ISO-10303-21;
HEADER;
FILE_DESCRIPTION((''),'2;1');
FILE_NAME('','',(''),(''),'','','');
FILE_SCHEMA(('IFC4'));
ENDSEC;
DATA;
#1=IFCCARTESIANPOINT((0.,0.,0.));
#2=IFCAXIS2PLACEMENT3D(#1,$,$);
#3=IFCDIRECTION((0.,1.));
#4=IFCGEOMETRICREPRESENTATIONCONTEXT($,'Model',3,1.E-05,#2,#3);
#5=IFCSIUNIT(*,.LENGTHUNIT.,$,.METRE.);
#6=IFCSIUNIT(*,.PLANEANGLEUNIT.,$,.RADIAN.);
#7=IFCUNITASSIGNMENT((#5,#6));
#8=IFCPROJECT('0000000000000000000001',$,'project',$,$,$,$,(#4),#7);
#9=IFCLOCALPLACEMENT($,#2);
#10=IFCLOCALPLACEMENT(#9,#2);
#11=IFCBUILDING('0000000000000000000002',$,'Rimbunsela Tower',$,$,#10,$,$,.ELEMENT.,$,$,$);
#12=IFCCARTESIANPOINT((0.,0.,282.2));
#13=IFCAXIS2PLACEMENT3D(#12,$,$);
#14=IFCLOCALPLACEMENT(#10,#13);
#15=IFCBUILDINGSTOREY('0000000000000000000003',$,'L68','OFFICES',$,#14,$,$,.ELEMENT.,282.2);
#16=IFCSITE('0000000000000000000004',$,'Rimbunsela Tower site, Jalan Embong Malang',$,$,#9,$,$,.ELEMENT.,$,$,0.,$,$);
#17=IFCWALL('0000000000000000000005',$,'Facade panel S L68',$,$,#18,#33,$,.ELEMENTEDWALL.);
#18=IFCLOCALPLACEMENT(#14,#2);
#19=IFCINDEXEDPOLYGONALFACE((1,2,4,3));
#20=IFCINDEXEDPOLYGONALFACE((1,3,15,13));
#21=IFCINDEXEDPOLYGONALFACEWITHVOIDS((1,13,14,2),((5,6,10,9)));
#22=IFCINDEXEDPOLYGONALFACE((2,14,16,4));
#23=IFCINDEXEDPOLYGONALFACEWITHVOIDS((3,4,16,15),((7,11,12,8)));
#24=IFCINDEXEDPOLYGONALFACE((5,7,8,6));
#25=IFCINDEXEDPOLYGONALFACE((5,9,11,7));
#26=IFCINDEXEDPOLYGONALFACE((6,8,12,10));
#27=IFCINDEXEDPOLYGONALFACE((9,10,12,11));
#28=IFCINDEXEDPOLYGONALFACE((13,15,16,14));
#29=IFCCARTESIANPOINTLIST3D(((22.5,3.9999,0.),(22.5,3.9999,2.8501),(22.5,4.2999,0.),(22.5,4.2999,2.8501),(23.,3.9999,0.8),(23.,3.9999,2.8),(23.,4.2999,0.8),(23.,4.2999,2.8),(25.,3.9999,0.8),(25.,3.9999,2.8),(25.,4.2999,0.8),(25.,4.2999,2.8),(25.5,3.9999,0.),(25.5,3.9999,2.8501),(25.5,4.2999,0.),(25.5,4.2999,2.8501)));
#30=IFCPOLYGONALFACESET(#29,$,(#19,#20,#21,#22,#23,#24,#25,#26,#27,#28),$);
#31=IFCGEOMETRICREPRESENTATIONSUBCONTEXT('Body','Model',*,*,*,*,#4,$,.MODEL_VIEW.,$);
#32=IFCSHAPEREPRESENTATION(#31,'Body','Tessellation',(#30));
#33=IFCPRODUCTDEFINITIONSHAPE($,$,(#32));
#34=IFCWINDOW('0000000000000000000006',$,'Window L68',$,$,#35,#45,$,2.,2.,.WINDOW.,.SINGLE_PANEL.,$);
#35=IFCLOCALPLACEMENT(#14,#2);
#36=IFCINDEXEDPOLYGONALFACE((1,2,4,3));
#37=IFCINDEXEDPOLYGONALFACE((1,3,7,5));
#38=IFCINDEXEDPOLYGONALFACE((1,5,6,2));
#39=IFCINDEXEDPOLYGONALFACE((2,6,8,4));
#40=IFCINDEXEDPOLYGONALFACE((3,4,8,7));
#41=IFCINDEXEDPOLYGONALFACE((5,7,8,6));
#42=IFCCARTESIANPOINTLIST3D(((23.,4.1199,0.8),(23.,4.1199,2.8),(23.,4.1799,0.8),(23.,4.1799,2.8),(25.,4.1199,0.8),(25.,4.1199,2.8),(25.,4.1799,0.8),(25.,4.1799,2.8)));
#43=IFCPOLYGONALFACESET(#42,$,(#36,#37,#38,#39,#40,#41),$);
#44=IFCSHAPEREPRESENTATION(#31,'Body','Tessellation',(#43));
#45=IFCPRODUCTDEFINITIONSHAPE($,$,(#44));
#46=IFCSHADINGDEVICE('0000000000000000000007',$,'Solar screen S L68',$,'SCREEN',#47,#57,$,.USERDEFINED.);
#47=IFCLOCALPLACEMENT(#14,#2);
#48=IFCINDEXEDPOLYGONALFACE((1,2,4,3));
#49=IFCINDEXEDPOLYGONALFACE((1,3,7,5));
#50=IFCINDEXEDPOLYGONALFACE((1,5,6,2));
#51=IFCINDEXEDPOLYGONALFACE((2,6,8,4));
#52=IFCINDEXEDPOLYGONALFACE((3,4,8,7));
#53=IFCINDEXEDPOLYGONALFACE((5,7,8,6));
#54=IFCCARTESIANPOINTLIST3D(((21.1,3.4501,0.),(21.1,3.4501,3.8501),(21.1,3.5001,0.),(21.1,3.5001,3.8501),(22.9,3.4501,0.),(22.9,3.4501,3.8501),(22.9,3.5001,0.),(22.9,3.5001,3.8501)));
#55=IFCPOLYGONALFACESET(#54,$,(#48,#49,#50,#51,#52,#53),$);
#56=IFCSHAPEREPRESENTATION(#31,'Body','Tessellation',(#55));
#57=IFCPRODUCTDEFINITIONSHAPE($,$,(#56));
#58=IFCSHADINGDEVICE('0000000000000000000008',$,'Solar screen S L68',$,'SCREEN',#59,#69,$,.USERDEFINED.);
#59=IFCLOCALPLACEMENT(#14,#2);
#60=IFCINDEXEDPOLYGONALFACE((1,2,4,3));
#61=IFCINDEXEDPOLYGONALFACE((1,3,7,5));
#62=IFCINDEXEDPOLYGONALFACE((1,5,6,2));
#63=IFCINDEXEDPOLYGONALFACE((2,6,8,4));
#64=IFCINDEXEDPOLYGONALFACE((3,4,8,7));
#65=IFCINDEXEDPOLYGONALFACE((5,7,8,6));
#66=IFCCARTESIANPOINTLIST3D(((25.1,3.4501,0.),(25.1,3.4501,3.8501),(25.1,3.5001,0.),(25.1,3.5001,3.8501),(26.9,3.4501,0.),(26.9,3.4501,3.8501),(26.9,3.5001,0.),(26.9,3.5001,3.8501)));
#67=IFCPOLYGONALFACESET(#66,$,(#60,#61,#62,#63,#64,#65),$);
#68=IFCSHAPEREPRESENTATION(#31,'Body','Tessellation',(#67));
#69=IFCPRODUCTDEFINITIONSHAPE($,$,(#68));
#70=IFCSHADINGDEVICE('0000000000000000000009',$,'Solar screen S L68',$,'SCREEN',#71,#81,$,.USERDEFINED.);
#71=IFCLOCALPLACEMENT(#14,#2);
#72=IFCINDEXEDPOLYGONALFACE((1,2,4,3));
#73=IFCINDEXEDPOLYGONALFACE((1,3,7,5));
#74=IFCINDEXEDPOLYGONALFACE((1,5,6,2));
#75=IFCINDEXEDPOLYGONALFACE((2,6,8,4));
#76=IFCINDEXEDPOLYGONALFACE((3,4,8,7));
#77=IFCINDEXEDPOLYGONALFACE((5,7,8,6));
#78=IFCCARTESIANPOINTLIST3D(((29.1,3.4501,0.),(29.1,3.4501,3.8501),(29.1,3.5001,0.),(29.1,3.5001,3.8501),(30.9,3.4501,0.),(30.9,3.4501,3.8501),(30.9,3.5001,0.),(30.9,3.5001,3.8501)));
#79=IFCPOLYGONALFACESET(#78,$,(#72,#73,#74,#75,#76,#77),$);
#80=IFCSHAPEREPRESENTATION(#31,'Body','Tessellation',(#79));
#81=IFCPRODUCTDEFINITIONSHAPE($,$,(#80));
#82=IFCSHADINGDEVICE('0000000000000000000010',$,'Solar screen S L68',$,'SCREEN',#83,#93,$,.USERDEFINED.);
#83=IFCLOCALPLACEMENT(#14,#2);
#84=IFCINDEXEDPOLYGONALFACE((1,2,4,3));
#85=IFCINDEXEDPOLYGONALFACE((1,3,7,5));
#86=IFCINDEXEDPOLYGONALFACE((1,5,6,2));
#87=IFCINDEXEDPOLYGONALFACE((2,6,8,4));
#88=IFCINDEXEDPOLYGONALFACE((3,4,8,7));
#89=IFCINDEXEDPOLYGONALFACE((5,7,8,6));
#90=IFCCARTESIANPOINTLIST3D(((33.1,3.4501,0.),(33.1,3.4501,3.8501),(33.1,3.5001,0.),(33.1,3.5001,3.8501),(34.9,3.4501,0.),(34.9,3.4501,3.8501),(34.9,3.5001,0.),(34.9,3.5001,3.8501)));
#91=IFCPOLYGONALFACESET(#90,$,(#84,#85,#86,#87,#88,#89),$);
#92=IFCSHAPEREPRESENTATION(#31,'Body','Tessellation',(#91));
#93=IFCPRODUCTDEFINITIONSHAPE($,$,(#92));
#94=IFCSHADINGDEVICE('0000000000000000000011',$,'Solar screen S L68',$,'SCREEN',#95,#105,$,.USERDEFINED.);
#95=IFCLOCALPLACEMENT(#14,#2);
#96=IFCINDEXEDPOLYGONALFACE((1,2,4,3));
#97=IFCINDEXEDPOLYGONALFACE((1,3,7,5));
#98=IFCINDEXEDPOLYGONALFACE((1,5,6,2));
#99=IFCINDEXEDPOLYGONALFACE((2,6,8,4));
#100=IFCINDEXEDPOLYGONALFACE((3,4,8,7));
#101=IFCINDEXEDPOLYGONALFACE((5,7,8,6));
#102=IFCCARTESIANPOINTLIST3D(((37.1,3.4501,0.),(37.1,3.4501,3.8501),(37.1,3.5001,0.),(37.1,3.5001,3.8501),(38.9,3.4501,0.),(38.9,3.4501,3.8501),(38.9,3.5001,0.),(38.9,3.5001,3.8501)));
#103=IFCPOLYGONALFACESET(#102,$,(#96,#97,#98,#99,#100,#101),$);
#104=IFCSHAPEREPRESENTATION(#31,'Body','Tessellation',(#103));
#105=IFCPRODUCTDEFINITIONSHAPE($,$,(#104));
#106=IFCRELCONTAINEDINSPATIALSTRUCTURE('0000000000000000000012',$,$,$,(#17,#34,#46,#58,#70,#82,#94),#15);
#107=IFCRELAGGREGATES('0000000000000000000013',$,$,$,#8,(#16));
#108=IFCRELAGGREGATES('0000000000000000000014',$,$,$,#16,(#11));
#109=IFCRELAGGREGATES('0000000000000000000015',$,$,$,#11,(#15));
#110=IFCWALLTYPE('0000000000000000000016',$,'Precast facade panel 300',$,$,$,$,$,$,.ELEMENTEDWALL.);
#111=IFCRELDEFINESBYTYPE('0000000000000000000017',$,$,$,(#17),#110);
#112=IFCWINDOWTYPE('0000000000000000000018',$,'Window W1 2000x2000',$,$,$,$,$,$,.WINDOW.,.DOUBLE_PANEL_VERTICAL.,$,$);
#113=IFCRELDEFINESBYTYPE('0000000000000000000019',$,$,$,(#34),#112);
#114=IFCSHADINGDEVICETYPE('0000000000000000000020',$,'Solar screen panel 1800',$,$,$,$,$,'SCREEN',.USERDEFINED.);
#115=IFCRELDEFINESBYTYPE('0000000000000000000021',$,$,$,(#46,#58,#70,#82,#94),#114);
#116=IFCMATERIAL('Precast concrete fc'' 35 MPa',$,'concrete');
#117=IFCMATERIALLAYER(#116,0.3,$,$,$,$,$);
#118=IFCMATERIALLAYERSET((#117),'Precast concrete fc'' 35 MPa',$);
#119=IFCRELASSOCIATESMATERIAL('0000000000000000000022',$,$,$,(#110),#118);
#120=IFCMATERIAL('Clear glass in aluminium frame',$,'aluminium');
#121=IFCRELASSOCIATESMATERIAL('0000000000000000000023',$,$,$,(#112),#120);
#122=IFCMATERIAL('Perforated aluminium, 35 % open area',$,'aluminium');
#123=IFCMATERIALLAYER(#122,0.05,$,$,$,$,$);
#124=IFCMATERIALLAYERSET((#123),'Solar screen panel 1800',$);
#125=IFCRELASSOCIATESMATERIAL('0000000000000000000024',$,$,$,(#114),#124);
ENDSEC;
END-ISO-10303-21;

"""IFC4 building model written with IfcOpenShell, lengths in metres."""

from ifc_helpers import new_model, si_unit, direction, frame, frame_2d, origin, origin_2d, place, context, subcontext, project, spatial, rectangle, extrude, material, layer, layer_set, type_object, element, fill, save


model = new_model("IFC4")

# Units and contexts
model_context = context("Model", 3, precision=1e-05, world=origin(), true_north=direction((0.0, 1.0)))
body_context = subcontext(model_context, "Body", "Model", "MODEL_VIEW")
ifc_project = project(units=[si_unit("LENGTHUNIT", "METRE"), si_unit("PLANEANGLEUNIT", "RADIAN")], contexts=[model_context])

# Site, building, storey
site_placement = place(None, origin())
site = spatial("IfcSite", under=ifc_project, at=site_placement, Name="Rimbunsela Tower site, Jalan Embong Malang", CompositionType="ELEMENT", RefElevation=0.0)
building_placement = place(site_placement, origin())
building = spatial("IfcBuilding", under=site, at=building_placement, Name="Rimbunsela Tower", CompositionType="ELEMENT")
storey_placement = place(building_placement, frame((0.0, 0.0, 282.2)))
storey = spatial("IfcBuildingStorey", under=building, at=storey_placement, Name="L68", Description="OFFICES", CompositionType="ELEMENT", Elevation=282.2)

# Wall, opening, window
ifc_material_1 = material(Name="Precast concrete fc' 35 MPa", Category="concrete")
ifc_layer_1 = layer(ifc_material_1, 0.3)
ifc_layer_set_1 = layer_set([ifc_layer_1], Name="Precast concrete fc' 35 MPa")
wall_type = type_object("IfcWallType", Name="Precast facade panel 300", PredefinedType="ELEMENTEDWALL", material=ifc_layer_set_1)
wall_placement = place(storey_placement, frame((22.5, 4.1499, 0.0), z_axis=(0.0, 0.0, 1.0), x_axis=(1.0, 0.0, 0.0)))
wall = element("IfcWall", 1, at=wall_placement, inside=storey, type_object=wall_type, Name="Facade panel S L68", PredefinedType="ELEMENTEDWALL", context=body_context, shape_type="SweptSolid", body=[
    extrude(rectangle(XDim=3.0, YDim=0.3, at=frame_2d((1.5, 0.0))), origin(), (0.0, 0.0, 1.0), 2.8501),
])
opening_placement = place(wall_placement, frame((0.5, 0.0, 0.8)))
opening = element("IfcOpeningElement", 2, at=opening_placement, cuts=wall, PredefinedType="OPENING", context=body_context, shape_type="SweptSolid", body=[
    extrude(rectangle(XDim=2.0, YDim=2.0, at=frame_2d((1.0, 1.0))), frame((0.0, 0.1599, 0.0), z_axis=(0.0, -1.0, 0.0), x_axis=(1.0, 0.0, 0.0)), (0.0, 0.0, 1.0), 0.3201),
])
ifc_material_2 = material(Name="Clear glass in aluminium frame", Category="aluminium")
window_type = type_object("IfcWindowType", Name="Window W1 2000x2000", PartitioningType="DOUBLE_PANEL_VERTICAL", PredefinedType="WINDOW", material=ifc_material_2)
window_placement = place(opening_placement, origin())
window = element("IfcWindow", 3, at=window_placement, inside=storey, type_object=window_type, Name="Window L68", OverallHeight=2.0, OverallWidth=2.0, PartitioningType="SINGLE_PANEL", PredefinedType="WINDOW", context=body_context, shape_type="SweptSolid", body=[
    extrude(rectangle(XDim=2.0, YDim=2.0, at=frame_2d((1.0, 1.0))), frame((0.0, 0.03, 0.0), z_axis=(0.0, -1.0, 0.0), x_axis=(1.0, 0.0, 0.0)), (0.0, 0.0, 1.0), 0.0601),
])
fill(opening, window)

# Shading devices
ifc_material_3 = material(Name="Perforated aluminium, 35 % open area", Category="aluminium")
ifc_layer_2 = layer(ifc_material_3, 0.05)
ifc_layer_set_2 = layer_set([ifc_layer_2], Name="Solar screen panel 1800")
shading_device_type = type_object("IfcShadingDeviceType", Name="Solar screen panel 1800", ElementType="SCREEN", PredefinedType="USERDEFINED", material=ifc_layer_set_2)
for number, where, z_axis, x_axis, name in (
    (4, (22.0, 3.4751, 0.0), (0.0, 0.0, 1.0), (1.0, 0.0, 0.0), "Solar screen S L68"),
    (5, (26.0, 3.4751, 0.0), (0.0, 0.0, 1.0), (1.0, 0.0, 0.0), "Solar screen S L68"),
    (6, (30.0, 3.4751, 0.0), (0.0, 0.0, 1.0), (1.0, 0.0, 0.0), "Solar screen S L68"),
    (7, (34.0, 3.4751, 0.0), (0.0, 0.0, 1.0), (1.0, 0.0, 0.0), "Solar screen S L68"),
    (8, (38.0, 3.4751, 0.0), (0.0, 0.0, 1.0), (1.0, 0.0, 0.0), "Solar screen S L68"),
):
    element("IfcShadingDevice", number, at=place(storey_placement, frame(where, z_axis=z_axis, x_axis=x_axis)), inside=storey, type_object=shading_device_type, Name=name, ObjectType="SCREEN", PredefinedType="USERDEFINED", context=body_context, shape_type="SweptSolid", body=[
        extrude(rectangle(XDim=1.8, YDim=0.05, at=origin_2d()), origin(), (0.0, 0.0, 1.0), 3.8501),
    ])

save(model, "model.ifc")
